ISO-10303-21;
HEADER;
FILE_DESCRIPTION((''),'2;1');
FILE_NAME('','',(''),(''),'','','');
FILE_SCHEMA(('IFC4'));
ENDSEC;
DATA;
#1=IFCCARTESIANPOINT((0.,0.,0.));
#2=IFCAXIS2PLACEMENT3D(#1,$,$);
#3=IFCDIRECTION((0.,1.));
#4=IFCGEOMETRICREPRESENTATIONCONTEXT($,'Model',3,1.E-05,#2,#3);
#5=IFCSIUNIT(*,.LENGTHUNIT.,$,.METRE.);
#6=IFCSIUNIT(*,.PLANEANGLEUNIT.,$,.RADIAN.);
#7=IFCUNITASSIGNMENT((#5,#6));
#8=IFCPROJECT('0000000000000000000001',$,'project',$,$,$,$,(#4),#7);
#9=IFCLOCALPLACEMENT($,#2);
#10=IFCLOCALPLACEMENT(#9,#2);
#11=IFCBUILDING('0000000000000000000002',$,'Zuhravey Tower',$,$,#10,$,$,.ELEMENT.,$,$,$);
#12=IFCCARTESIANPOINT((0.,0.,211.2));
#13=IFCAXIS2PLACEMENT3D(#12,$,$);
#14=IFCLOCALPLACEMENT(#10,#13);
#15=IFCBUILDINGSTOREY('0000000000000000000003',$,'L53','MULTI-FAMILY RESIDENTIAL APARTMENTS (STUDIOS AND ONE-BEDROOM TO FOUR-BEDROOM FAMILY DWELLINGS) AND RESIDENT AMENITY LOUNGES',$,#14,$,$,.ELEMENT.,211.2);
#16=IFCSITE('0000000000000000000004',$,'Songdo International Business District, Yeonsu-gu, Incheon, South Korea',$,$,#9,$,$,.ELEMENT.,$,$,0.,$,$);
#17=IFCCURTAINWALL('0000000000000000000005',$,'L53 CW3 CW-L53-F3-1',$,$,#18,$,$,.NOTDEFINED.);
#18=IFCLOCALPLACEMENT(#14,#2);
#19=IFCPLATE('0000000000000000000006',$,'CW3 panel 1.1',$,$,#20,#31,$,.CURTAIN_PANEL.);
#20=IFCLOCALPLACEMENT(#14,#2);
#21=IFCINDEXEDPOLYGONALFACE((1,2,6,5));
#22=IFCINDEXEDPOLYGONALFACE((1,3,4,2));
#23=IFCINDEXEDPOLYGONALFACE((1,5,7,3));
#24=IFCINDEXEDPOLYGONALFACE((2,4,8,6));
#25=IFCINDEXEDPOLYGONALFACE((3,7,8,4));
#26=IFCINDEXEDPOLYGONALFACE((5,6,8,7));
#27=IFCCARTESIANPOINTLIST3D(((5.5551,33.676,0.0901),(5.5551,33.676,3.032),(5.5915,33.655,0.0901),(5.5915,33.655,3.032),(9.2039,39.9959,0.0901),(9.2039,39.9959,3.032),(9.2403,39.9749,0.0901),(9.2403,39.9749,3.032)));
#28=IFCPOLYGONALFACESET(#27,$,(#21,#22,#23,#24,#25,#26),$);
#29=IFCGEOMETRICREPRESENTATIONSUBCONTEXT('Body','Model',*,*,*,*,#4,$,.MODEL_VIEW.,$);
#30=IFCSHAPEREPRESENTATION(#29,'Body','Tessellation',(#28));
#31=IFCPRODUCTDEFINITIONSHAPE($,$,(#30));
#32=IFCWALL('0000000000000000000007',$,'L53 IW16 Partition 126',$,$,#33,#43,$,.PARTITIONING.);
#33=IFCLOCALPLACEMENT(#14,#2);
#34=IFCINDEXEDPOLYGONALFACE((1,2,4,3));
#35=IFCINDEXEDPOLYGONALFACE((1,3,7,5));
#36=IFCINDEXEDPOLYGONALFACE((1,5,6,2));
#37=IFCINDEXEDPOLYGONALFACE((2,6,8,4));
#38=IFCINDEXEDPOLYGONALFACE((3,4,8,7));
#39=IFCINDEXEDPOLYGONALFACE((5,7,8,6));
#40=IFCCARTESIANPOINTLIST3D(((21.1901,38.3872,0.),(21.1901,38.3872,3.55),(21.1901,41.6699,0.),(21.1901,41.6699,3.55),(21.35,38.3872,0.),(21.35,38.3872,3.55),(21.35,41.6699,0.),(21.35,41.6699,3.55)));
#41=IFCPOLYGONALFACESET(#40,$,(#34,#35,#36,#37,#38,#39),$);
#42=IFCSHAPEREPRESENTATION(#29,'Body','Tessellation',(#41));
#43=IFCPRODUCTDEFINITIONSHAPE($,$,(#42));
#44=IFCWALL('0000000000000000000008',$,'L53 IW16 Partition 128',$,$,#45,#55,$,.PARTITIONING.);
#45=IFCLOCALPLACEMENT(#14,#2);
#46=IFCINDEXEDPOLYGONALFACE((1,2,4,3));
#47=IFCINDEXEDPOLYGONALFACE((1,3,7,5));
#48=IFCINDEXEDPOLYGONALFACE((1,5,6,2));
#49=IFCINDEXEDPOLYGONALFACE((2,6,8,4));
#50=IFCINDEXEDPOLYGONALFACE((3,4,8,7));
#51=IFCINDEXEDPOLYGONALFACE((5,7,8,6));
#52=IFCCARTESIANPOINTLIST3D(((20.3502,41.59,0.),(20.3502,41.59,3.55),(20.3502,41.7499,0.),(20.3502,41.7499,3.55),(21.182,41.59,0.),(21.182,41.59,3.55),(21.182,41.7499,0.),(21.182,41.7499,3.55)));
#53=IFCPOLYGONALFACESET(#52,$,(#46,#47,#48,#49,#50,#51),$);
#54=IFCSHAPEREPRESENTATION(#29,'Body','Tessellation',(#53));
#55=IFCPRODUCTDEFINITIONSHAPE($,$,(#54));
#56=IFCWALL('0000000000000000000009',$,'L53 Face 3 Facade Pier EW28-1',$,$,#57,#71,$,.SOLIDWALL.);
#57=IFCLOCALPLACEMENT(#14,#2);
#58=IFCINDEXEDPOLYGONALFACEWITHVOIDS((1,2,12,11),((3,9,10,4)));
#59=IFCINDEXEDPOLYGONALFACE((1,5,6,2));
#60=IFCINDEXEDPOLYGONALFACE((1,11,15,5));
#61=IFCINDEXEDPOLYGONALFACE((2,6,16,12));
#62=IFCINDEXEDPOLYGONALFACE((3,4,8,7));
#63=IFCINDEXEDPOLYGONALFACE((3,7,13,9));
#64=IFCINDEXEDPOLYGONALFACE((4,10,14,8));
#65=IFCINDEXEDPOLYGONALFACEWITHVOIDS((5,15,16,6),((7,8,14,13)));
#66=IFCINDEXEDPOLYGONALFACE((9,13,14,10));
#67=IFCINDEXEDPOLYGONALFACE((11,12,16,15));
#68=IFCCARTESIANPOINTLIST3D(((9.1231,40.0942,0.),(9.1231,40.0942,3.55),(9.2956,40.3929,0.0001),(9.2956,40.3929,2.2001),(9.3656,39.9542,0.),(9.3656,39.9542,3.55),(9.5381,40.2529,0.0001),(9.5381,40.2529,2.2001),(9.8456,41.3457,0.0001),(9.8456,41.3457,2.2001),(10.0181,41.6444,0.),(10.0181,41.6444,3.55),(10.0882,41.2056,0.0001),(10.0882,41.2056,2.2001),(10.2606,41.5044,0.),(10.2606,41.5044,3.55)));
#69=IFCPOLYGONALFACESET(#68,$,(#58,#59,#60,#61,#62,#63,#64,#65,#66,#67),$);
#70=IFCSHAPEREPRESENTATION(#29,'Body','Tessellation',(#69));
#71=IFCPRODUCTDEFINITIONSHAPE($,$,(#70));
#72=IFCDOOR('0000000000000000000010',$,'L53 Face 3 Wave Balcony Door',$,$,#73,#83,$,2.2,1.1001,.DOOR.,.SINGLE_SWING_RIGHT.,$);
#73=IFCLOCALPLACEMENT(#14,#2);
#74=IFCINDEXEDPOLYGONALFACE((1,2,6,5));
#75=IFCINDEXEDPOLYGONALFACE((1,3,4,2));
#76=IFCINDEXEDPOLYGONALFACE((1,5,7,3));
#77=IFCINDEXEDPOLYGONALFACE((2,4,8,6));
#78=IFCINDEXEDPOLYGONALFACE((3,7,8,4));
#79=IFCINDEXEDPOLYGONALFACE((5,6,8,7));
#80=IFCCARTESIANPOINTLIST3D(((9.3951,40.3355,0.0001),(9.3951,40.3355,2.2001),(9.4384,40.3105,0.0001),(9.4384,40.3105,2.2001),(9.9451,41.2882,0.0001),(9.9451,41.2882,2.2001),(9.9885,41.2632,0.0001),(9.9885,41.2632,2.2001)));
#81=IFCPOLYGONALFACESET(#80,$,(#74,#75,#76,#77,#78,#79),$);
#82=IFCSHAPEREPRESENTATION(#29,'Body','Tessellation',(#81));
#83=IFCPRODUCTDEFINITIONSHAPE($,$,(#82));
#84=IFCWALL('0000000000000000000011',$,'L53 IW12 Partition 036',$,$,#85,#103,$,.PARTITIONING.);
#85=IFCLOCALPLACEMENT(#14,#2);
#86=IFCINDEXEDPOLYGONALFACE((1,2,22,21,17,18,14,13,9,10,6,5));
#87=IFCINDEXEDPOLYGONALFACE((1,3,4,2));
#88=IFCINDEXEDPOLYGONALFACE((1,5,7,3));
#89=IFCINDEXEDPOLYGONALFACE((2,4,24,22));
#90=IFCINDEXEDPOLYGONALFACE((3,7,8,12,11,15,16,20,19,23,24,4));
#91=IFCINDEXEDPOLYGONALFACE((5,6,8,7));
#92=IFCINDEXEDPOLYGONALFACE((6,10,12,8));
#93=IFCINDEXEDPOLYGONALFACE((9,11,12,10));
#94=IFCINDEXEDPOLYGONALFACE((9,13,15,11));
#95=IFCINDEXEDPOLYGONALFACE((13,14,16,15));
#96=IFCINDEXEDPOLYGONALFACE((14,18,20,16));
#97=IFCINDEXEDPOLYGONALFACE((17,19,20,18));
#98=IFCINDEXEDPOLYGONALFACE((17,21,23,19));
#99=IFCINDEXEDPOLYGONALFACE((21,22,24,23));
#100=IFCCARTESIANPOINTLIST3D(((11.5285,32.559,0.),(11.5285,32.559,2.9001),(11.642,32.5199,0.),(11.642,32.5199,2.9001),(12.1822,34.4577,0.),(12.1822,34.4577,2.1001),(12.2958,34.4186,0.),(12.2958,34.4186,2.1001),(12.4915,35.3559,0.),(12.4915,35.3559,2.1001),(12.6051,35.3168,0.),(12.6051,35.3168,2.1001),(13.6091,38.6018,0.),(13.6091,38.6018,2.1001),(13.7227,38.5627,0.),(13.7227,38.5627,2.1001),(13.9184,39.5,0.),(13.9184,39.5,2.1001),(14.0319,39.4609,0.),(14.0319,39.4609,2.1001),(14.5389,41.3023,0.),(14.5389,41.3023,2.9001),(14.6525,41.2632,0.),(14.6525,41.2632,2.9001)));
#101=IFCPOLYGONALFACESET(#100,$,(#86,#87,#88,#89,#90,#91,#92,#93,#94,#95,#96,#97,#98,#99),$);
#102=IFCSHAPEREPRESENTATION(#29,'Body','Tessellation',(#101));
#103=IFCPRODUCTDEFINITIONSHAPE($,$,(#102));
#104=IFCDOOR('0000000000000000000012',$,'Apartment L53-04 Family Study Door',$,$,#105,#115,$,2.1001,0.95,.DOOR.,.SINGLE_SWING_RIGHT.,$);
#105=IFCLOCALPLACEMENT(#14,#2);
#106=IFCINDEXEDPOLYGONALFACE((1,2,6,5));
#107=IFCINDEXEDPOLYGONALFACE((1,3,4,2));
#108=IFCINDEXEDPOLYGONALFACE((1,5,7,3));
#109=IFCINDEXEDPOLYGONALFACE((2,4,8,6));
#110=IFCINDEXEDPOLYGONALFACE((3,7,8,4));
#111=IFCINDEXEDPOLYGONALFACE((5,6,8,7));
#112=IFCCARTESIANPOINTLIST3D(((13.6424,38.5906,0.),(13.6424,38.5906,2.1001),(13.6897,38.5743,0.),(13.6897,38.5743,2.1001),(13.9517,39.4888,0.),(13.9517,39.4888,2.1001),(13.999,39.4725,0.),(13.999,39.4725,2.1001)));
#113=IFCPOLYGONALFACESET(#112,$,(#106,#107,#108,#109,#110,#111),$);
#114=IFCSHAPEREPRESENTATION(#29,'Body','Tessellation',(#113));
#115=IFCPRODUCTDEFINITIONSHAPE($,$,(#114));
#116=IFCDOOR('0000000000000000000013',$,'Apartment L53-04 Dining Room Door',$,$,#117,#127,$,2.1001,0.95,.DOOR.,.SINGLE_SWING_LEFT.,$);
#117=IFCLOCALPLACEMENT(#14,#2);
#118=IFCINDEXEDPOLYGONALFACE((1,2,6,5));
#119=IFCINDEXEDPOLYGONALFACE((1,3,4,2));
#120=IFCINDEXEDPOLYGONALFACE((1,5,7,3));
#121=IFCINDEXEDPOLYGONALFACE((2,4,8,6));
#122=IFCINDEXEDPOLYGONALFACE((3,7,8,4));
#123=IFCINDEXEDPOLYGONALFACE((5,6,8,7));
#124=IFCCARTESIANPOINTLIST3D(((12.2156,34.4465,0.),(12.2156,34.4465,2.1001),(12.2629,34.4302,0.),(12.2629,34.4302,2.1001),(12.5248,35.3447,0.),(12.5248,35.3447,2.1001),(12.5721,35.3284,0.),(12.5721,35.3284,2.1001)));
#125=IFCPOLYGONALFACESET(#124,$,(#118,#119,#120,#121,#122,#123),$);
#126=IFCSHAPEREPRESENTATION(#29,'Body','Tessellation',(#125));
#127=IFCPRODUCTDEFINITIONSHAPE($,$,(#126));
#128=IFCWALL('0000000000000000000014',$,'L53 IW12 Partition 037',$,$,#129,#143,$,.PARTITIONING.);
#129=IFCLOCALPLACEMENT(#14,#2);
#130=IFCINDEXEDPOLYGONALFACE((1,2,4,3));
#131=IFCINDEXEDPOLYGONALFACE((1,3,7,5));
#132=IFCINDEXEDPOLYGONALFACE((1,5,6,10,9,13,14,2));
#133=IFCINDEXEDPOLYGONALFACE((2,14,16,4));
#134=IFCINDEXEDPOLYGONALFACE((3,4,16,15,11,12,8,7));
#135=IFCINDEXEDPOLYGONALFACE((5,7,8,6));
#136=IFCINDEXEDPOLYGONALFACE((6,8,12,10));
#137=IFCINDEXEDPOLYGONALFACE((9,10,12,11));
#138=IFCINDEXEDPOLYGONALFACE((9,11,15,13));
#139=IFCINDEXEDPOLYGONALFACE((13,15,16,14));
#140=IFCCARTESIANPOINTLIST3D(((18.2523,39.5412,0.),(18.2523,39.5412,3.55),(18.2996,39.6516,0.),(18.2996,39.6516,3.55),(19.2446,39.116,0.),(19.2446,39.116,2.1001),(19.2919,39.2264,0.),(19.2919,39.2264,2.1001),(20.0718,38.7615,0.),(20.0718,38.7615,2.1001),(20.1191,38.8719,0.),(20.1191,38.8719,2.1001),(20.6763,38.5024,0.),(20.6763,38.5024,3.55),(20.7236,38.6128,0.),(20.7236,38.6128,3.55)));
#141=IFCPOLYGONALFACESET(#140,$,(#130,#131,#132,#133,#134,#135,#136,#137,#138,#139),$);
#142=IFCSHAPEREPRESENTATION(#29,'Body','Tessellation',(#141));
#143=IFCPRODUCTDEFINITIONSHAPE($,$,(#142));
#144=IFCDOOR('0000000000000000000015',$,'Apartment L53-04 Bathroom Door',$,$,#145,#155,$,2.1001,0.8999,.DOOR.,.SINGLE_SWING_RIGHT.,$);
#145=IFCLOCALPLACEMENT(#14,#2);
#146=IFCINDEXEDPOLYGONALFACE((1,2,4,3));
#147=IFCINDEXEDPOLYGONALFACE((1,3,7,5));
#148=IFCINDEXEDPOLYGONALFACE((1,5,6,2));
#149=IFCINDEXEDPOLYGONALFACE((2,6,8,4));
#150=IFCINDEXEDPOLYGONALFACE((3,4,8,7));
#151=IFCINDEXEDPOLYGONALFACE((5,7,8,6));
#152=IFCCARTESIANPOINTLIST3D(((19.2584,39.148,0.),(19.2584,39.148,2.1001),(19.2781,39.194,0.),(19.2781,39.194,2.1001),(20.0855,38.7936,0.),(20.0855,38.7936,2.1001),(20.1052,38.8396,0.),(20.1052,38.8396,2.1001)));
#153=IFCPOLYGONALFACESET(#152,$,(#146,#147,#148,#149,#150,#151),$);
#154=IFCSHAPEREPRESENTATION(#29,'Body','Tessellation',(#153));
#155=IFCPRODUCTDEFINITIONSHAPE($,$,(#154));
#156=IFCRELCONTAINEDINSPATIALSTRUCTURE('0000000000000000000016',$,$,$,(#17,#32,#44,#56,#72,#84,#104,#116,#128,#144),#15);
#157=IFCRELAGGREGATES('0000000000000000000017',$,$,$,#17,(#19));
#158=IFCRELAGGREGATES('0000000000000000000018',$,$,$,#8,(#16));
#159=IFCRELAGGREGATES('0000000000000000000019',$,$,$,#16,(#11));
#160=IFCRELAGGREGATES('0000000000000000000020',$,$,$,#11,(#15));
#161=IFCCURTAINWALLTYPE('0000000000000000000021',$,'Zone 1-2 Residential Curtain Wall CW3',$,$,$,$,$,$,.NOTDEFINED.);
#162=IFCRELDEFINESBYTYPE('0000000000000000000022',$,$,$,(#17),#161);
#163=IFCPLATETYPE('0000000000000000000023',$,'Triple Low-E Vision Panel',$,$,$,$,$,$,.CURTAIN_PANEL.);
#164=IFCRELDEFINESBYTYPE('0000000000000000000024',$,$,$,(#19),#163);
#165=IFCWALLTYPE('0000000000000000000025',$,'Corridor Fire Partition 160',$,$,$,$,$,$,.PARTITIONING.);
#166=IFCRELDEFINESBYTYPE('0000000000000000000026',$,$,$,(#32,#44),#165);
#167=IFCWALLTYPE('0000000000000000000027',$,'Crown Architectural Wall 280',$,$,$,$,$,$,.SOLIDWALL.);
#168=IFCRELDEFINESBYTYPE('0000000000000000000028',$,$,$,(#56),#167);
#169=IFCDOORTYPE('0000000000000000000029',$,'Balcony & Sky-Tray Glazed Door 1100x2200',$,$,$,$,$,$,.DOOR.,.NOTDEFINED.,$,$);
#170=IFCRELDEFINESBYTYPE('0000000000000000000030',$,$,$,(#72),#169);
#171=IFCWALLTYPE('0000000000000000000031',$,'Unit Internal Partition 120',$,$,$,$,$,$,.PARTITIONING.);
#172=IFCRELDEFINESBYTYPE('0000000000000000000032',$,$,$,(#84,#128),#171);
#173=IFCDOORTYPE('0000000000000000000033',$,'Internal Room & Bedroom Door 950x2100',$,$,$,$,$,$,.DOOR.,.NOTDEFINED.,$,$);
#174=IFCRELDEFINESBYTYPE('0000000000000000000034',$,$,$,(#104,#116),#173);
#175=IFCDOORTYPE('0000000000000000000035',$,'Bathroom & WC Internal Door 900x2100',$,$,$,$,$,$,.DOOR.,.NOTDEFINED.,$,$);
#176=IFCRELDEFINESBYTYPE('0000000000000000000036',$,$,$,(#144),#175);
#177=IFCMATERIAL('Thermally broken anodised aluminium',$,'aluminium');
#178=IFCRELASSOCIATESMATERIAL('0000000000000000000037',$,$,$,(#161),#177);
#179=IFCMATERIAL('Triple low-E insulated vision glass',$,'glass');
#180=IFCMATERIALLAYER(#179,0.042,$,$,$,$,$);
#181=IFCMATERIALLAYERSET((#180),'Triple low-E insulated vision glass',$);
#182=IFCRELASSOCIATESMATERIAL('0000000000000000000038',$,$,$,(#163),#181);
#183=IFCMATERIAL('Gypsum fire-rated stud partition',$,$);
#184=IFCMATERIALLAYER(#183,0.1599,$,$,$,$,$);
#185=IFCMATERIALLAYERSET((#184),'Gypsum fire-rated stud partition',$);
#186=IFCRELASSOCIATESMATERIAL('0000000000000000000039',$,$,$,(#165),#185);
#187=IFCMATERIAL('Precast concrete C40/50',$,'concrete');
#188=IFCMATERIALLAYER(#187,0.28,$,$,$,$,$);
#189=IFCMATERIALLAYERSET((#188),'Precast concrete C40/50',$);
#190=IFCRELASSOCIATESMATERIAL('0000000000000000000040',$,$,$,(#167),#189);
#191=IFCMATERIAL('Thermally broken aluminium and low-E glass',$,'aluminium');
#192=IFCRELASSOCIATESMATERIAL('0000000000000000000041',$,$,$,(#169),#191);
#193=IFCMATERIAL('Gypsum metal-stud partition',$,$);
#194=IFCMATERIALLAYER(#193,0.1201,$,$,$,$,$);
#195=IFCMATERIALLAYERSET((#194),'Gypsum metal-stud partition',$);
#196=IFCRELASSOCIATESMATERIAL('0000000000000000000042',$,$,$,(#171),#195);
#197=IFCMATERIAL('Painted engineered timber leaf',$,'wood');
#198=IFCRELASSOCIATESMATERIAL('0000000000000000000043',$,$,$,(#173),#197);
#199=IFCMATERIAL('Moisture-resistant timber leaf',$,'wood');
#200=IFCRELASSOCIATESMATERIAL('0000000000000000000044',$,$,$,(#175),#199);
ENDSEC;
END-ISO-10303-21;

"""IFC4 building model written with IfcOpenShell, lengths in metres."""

from ifc_helpers import new_model, si_unit, direction, frame, frame_2d, origin, origin_2d, place, context, subcontext, project, spatial, rectangle, extrude, material, layer, layer_set, type_object, element, fill, aggregate, save


model = new_model("IFC4")

# Units and contexts
model_context = context("Model", 3, precision=1e-05, world=origin(), true_north=direction((0.0, 1.0)))
body_context = subcontext(model_context, "Body", "Model", "MODEL_VIEW")
ifc_project = project(units=[si_unit("LENGTHUNIT", "METRE"), si_unit("PLANEANGLEUNIT", "RADIAN")], contexts=[model_context])

# Site, building, storey
site_placement = place(None, origin())
site = spatial("IfcSite", under=ifc_project, at=site_placement, Name="Songdo International Business District, Yeonsu-gu, Incheon, South Korea", CompositionType="ELEMENT", RefElevation=0.0)
building_placement = place(site_placement, origin())
building = spatial("IfcBuilding", under=site, at=building_placement, Name="Zuhravey Tower", CompositionType="ELEMENT")
storey_placement = place(building_placement, frame((0.0, 0.0, 211.2)))
storey = spatial("IfcBuildingStorey", under=building, at=storey_placement, Name="L53", Description="MULTI-FAMILY RESIDENTIAL APARTMENTS (STUDIOS AND ONE-BEDROOM TO FOUR-BEDROOM FAMILY DWELLINGS) AND RESIDENT AMENITY LOUNGES", CompositionType="ELEMENT", Elevation=211.2)

# Curtain wall
ifc_material_1 = material(Name="Thermally broken anodised aluminium", Category="aluminium")
curtain_wall_type = type_object("IfcCurtainWallType", Name="Zone 1-2 Residential Curtain Wall CW3", PredefinedType="NOTDEFINED", material=ifc_material_1)
curtain_wall_1_placement = place(storey_placement, origin())
curtain_wall_1 = element("IfcCurtainWall", 1, at=curtain_wall_1_placement, inside=storey, type_object=curtain_wall_type, Name="L53 CW3 CW-L53-F3-1", PredefinedType="NOTDEFINED")

# Plate
ifc_material_2 = material(Name="Triple low-E insulated vision glass", Category="glass")
ifc_layer_1 = layer(ifc_material_2, 0.042)
ifc_layer_set_1 = layer_set([ifc_layer_1], Name="Triple low-E insulated vision glass")
plate_type = type_object("IfcPlateType", Name="Triple Low-E Vision Panel", PredefinedType="CURTAIN_PANEL", material=ifc_layer_set_1)
plate_placement = place(storey_placement, frame((7.3977, 36.8254, 0.0901), z_axis=(0.0, 0.0, 1.0), x_axis=(0.500005, 0.866022, 0.0)))
plate = element("IfcPlate", 2, at=plate_placement, type_object=plate_type, Name="CW3 panel 1.1", PredefinedType="CURTAIN_PANEL", context=body_context, shape_type="SweptSolid", body=[
    extrude(rectangle(XDim=7.2976, YDim=0.042, at=origin_2d()), origin(), (0.0, 0.0, 1.0), 2.9419),
])
aggregate(curtain_wall_1, [plate])

# Shared definitions
ifc_material_3 = material(Name="Gypsum fire-rated stud partition")
ifc_layer_2 = layer(ifc_material_3, 0.1599)
ifc_layer_set_2 = layer_set([ifc_layer_2], Name="Gypsum fire-rated stud partition")
wall_type_1 = type_object("IfcWallType", Name="Corridor Fire Partition 160", PredefinedType="PARTITIONING", material=ifc_layer_set_2)

# Walls
wall_1_placement = place(storey_placement, frame((21.27, 41.6699, 0.0), z_axis=(0.0, 0.0, 1.0), x_axis=(0.0, -1.0, 0.0)))
element("IfcWall", 3, at=wall_1_placement, inside=storey, type_object=wall_type_1, Name="L53 IW16 Partition 126", PredefinedType="PARTITIONING", context=body_context, shape_type="SweptSolid", body=[
    extrude(rectangle(XDim=3.2827, YDim=0.1599, at=frame_2d((1.6414, 0.0))), origin(), (0.0, 0.0, 1.0), 3.55),
])
wall_2_placement = place(storey_placement, frame((20.3501, 41.6699, 0.0), z_axis=(0.0, 0.0, 1.0), x_axis=(1.0, 0.0, 0.0)))
element("IfcWall", 4, at=wall_2_placement, inside=storey, type_object=wall_type_1, Name="L53 IW16 Partition 128", PredefinedType="PARTITIONING", context=body_context, shape_type="SweptSolid", body=[
    extrude(rectangle(XDim=0.8318, YDim=0.1599, at=frame_2d((0.416, 0.0))), origin(), (0.0, 0.0, 1.0), 3.55),
])

# Wall, opening, door
ifc_material_4 = material(Name="Precast concrete C40/50", Category="concrete")
ifc_layer_3 = layer(ifc_material_4, 0.28)
ifc_layer_set_3 = layer_set([ifc_layer_3], Name="Precast concrete C40/50")
wall_type_2 = type_object("IfcWallType", Name="Crown Architectural Wall 280", PredefinedType="SOLIDWALL", material=ifc_layer_set_3)
wall_3_placement = place(storey_placement, frame((9.2444, 40.0242, 0.0), z_axis=(0.0, 0.0, 1.0), x_axis=(0.499982, 0.866036, 0.0)))
wall_3 = element("IfcWall", 5, at=wall_3_placement, inside=storey, type_object=wall_type_2, Name="L53 Face 3 Facade Pier EW28-1", PredefinedType="SOLIDWALL", context=body_context, shape_type="SweptSolid", body=[
    extrude(rectangle(XDim=1.79, YDim=0.28, at=frame_2d((0.895, 0.0))), origin(), (0.0, 0.0, 1.0), 3.55),
])
opening_1_placement = place(wall_3_placement, frame((0.345, 0.0, 0.0)))
opening_1 = element("IfcOpeningElement", 6, at=opening_1_placement, cuts=wall_3, PredefinedType="OPENING", context=body_context, shape_type="SweptSolid", body=[
    extrude(rectangle(XDim=1.1001, YDim=2.2, at=frame_2d((0.55, 1.1001))), frame((0.0, 0.1521, 0.0), z_axis=(0.0, -1.0, 0.0), x_axis=(1.0, 0.0, 0.0)), (0.0, 0.0, 1.0), 0.304),
])
ifc_material_5 = material(Name="Thermally broken aluminium and low-E glass", Category="aluminium")
door_type_1 = type_object("IfcDoorType", Name="Balcony & Sky-Tray Glazed Door 1100x2200", OperationType="NOTDEFINED", PredefinedType="DOOR", material=ifc_material_5)
door_1_placement = place(opening_1_placement, frame((1.1001, 0.0, 0.0), z_axis=(0.0, 0.0, 1.0), x_axis=(-1.0, 0.0, 0.0)))
door_1 = element("IfcDoor", 7, at=door_1_placement, inside=storey, type_object=door_type_1, Name="L53 Face 3 Wave Balcony Door", OperationType="SINGLE_SWING_RIGHT", OverallHeight=2.2, OverallWidth=1.1001, PredefinedType="DOOR", context=body_context, shape_type="SweptSolid", body=[
    extrude(rectangle(XDim=1.1001, YDim=2.2, at=frame_2d((0.55, 1.1001))), frame((0.0, 0.0249, 0.0), z_axis=(0.0, -1.0, 0.0), x_axis=(1.0, 0.0, 0.0)), (0.0, 0.0, 1.0), 0.05),
])
fill(opening_1, door_1)

# Wall, openings, doors
ifc_material_6 = material(Name="Gypsum metal-stud partition")
ifc_layer_4 = layer(ifc_material_6, 0.1201)
ifc_layer_set_4 = layer_set([ifc_layer_4], Name="Gypsum metal-stud partition")
wall_type_3 = type_object("IfcWallType", Name="Unit Internal Partition 120", PredefinedType="PARTITIONING", material=ifc_layer_set_4)
wall_4_placement = place(storey_placement, frame((14.5957, 41.2827, 0.0), z_axis=(0.0, 0.0, 1.0), x_axis=(-0.325559, -0.945522, 0.0)))
wall_4 = element("IfcWall", 8, at=wall_4_placement, inside=storey, type_object=wall_type_3, Name="L53 IW12 Partition 036", PredefinedType="PARTITIONING", context=body_context, shape_type="SweptSolid", body=[
    extrude(rectangle(XDim=9.2471, YDim=0.1201, at=frame_2d((4.6235, 0.0))), origin(), (0.0, 0.0, 1.0), 2.9001),
])
opening_2_placement = place(wall_4_placement, frame((1.906, 0.0, 0.0)))
opening_2 = element("IfcOpeningElement", 9, at=opening_2_placement, cuts=wall_4, PredefinedType="OPENING", context=body_context, shape_type="SweptSolid", body=[
    extrude(rectangle(XDim=0.95, YDim=2.1001, at=frame_2d((0.4751, 1.05))), frame((0.0, 0.072, 0.0), z_axis=(0.0, -1.0, 0.0), x_axis=(1.0, 0.0, 0.0)), (0.0, 0.0, 1.0), 0.144),
])
opening_3_placement = place(wall_4_placement, frame((6.2888, 0.0, 0.0)))
opening_3 = element("IfcOpeningElement", 10, at=opening_3_placement, cuts=wall_4, PredefinedType="OPENING", context=body_context, shape_type="SweptSolid", body=[
    extrude(rectangle(XDim=0.95, YDim=2.1001, at=frame_2d((0.4751, 1.05))), frame((0.0, 0.072, 0.0), z_axis=(0.0, -1.0, 0.0), x_axis=(1.0, 0.0, 0.0)), (0.0, 0.0, 1.0), 0.144),
])
ifc_material_7 = material(Name="Painted engineered timber leaf", Category="wood")
door_type_2 = type_object("IfcDoorType", Name="Internal Room & Bedroom Door 950x2100", OperationType="NOTDEFINED", PredefinedType="DOOR", material=ifc_material_7)
door_2_placement = place(opening_2_placement, frame((0.95, 0.0, 0.0), z_axis=(0.0, 0.0, 1.0), x_axis=(-1.0, 0.0, 0.0)))
door_2 = element("IfcDoor", 11, at=door_2_placement, inside=storey, type_object=door_type_2, Name="Apartment L53-04 Family Study Door", OperationType="SINGLE_SWING_RIGHT", OverallHeight=2.1001, OverallWidth=0.95, PredefinedType="DOOR", context=body_context, shape_type="SweptSolid", body=[
    extrude(rectangle(XDim=0.95, YDim=2.1001, at=frame_2d((0.4751, 1.05))), frame((0.0, 0.0249, 0.0), z_axis=(0.0, -1.0, 0.0), x_axis=(1.0, 0.0, 0.0)), (0.0, 0.0, 1.0), 0.05),
])
fill(opening_2, door_2)
door_3_placement = place(opening_3_placement, frame((0.95, 0.0, 0.0), z_axis=(0.0, 0.0, 1.0), x_axis=(-1.0, 0.0, 0.0)))
door_3 = element("IfcDoor", 12, at=door_3_placement, inside=storey, type_object=door_type_2, Name="Apartment L53-04 Dining Room Door", OperationType="SINGLE_SWING_LEFT", OverallHeight=2.1001, OverallWidth=0.95, PredefinedType="DOOR", context=body_context, shape_type="SweptSolid", body=[
    extrude(rectangle(XDim=0.95, YDim=2.1001, at=frame_2d((0.4751, 1.05))), frame((0.0, 0.0249, 0.0), z_axis=(0.0, -1.0, 0.0), x_axis=(1.0, 0.0, 0.0)), (0.0, 0.0, 1.0), 0.05),
])
fill(opening_3, door_3)

# Wall, opening, door
wall_5_placement = place(storey_placement, frame((20.7, 38.5576, 0.0), z_axis=(0.0, 0.0, 1.0), x_axis=(-0.919155, 0.393897, 0.0)))
wall_5 = element("IfcWall", 13, at=wall_5_placement, inside=storey, type_object=wall_type_3, Name="L53 IW12 Partition 037", PredefinedType="PARTITIONING", context=body_context, shape_type="SweptSolid", body=[
    extrude(rectangle(XDim=2.6372, YDim=0.1201, at=frame_2d((1.3186, 0.0))), origin(), (0.0, 0.0, 1.0), 3.55),
])
opening_4_placement = place(wall_5_placement, frame((0.6577, 0.0, 0.0)))
opening_4 = element("IfcOpeningElement", 14, at=opening_4_placement, cuts=wall_5, PredefinedType="OPENING", context=body_context, shape_type="SweptSolid", body=[
    extrude(rectangle(XDim=0.8999, YDim=2.1001, at=frame_2d((0.45, 1.05))), frame((0.0, 0.072, 0.0), z_axis=(0.0, -1.0, 0.0), x_axis=(1.0, 0.0, 0.0)), (0.0, 0.0, 1.0), 0.144),
])
ifc_material_8 = material(Name="Moisture-resistant timber leaf", Category="wood")
door_type_3 = type_object("IfcDoorType", Name="Bathroom & WC Internal Door 900x2100", OperationType="NOTDEFINED", PredefinedType="DOOR", material=ifc_material_8)
door_4_placement = place(opening_4_placement, frame((0.8999, 0.0, 0.0), z_axis=(0.0, 0.0, 1.0), x_axis=(-1.0, 0.0, 0.0)))
door_4 = element("IfcDoor", 15, at=door_4_placement, inside=storey, type_object=door_type_3, Name="Apartment L53-04 Bathroom Door", OperationType="SINGLE_SWING_RIGHT", OverallHeight=2.1001, OverallWidth=0.8999, PredefinedType="DOOR", context=body_context, shape_type="SweptSolid", body=[
    extrude(rectangle(XDim=0.8999, YDim=2.1001, at=frame_2d((0.45, 1.05))), frame((0.0, 0.0249, 0.0), z_axis=(0.0, -1.0, 0.0), x_axis=(1.0, 0.0, 0.0)), (0.0, 0.0, 1.0), 0.05),
])
fill(opening_4, door_4)

save(model, "model.ifc")
